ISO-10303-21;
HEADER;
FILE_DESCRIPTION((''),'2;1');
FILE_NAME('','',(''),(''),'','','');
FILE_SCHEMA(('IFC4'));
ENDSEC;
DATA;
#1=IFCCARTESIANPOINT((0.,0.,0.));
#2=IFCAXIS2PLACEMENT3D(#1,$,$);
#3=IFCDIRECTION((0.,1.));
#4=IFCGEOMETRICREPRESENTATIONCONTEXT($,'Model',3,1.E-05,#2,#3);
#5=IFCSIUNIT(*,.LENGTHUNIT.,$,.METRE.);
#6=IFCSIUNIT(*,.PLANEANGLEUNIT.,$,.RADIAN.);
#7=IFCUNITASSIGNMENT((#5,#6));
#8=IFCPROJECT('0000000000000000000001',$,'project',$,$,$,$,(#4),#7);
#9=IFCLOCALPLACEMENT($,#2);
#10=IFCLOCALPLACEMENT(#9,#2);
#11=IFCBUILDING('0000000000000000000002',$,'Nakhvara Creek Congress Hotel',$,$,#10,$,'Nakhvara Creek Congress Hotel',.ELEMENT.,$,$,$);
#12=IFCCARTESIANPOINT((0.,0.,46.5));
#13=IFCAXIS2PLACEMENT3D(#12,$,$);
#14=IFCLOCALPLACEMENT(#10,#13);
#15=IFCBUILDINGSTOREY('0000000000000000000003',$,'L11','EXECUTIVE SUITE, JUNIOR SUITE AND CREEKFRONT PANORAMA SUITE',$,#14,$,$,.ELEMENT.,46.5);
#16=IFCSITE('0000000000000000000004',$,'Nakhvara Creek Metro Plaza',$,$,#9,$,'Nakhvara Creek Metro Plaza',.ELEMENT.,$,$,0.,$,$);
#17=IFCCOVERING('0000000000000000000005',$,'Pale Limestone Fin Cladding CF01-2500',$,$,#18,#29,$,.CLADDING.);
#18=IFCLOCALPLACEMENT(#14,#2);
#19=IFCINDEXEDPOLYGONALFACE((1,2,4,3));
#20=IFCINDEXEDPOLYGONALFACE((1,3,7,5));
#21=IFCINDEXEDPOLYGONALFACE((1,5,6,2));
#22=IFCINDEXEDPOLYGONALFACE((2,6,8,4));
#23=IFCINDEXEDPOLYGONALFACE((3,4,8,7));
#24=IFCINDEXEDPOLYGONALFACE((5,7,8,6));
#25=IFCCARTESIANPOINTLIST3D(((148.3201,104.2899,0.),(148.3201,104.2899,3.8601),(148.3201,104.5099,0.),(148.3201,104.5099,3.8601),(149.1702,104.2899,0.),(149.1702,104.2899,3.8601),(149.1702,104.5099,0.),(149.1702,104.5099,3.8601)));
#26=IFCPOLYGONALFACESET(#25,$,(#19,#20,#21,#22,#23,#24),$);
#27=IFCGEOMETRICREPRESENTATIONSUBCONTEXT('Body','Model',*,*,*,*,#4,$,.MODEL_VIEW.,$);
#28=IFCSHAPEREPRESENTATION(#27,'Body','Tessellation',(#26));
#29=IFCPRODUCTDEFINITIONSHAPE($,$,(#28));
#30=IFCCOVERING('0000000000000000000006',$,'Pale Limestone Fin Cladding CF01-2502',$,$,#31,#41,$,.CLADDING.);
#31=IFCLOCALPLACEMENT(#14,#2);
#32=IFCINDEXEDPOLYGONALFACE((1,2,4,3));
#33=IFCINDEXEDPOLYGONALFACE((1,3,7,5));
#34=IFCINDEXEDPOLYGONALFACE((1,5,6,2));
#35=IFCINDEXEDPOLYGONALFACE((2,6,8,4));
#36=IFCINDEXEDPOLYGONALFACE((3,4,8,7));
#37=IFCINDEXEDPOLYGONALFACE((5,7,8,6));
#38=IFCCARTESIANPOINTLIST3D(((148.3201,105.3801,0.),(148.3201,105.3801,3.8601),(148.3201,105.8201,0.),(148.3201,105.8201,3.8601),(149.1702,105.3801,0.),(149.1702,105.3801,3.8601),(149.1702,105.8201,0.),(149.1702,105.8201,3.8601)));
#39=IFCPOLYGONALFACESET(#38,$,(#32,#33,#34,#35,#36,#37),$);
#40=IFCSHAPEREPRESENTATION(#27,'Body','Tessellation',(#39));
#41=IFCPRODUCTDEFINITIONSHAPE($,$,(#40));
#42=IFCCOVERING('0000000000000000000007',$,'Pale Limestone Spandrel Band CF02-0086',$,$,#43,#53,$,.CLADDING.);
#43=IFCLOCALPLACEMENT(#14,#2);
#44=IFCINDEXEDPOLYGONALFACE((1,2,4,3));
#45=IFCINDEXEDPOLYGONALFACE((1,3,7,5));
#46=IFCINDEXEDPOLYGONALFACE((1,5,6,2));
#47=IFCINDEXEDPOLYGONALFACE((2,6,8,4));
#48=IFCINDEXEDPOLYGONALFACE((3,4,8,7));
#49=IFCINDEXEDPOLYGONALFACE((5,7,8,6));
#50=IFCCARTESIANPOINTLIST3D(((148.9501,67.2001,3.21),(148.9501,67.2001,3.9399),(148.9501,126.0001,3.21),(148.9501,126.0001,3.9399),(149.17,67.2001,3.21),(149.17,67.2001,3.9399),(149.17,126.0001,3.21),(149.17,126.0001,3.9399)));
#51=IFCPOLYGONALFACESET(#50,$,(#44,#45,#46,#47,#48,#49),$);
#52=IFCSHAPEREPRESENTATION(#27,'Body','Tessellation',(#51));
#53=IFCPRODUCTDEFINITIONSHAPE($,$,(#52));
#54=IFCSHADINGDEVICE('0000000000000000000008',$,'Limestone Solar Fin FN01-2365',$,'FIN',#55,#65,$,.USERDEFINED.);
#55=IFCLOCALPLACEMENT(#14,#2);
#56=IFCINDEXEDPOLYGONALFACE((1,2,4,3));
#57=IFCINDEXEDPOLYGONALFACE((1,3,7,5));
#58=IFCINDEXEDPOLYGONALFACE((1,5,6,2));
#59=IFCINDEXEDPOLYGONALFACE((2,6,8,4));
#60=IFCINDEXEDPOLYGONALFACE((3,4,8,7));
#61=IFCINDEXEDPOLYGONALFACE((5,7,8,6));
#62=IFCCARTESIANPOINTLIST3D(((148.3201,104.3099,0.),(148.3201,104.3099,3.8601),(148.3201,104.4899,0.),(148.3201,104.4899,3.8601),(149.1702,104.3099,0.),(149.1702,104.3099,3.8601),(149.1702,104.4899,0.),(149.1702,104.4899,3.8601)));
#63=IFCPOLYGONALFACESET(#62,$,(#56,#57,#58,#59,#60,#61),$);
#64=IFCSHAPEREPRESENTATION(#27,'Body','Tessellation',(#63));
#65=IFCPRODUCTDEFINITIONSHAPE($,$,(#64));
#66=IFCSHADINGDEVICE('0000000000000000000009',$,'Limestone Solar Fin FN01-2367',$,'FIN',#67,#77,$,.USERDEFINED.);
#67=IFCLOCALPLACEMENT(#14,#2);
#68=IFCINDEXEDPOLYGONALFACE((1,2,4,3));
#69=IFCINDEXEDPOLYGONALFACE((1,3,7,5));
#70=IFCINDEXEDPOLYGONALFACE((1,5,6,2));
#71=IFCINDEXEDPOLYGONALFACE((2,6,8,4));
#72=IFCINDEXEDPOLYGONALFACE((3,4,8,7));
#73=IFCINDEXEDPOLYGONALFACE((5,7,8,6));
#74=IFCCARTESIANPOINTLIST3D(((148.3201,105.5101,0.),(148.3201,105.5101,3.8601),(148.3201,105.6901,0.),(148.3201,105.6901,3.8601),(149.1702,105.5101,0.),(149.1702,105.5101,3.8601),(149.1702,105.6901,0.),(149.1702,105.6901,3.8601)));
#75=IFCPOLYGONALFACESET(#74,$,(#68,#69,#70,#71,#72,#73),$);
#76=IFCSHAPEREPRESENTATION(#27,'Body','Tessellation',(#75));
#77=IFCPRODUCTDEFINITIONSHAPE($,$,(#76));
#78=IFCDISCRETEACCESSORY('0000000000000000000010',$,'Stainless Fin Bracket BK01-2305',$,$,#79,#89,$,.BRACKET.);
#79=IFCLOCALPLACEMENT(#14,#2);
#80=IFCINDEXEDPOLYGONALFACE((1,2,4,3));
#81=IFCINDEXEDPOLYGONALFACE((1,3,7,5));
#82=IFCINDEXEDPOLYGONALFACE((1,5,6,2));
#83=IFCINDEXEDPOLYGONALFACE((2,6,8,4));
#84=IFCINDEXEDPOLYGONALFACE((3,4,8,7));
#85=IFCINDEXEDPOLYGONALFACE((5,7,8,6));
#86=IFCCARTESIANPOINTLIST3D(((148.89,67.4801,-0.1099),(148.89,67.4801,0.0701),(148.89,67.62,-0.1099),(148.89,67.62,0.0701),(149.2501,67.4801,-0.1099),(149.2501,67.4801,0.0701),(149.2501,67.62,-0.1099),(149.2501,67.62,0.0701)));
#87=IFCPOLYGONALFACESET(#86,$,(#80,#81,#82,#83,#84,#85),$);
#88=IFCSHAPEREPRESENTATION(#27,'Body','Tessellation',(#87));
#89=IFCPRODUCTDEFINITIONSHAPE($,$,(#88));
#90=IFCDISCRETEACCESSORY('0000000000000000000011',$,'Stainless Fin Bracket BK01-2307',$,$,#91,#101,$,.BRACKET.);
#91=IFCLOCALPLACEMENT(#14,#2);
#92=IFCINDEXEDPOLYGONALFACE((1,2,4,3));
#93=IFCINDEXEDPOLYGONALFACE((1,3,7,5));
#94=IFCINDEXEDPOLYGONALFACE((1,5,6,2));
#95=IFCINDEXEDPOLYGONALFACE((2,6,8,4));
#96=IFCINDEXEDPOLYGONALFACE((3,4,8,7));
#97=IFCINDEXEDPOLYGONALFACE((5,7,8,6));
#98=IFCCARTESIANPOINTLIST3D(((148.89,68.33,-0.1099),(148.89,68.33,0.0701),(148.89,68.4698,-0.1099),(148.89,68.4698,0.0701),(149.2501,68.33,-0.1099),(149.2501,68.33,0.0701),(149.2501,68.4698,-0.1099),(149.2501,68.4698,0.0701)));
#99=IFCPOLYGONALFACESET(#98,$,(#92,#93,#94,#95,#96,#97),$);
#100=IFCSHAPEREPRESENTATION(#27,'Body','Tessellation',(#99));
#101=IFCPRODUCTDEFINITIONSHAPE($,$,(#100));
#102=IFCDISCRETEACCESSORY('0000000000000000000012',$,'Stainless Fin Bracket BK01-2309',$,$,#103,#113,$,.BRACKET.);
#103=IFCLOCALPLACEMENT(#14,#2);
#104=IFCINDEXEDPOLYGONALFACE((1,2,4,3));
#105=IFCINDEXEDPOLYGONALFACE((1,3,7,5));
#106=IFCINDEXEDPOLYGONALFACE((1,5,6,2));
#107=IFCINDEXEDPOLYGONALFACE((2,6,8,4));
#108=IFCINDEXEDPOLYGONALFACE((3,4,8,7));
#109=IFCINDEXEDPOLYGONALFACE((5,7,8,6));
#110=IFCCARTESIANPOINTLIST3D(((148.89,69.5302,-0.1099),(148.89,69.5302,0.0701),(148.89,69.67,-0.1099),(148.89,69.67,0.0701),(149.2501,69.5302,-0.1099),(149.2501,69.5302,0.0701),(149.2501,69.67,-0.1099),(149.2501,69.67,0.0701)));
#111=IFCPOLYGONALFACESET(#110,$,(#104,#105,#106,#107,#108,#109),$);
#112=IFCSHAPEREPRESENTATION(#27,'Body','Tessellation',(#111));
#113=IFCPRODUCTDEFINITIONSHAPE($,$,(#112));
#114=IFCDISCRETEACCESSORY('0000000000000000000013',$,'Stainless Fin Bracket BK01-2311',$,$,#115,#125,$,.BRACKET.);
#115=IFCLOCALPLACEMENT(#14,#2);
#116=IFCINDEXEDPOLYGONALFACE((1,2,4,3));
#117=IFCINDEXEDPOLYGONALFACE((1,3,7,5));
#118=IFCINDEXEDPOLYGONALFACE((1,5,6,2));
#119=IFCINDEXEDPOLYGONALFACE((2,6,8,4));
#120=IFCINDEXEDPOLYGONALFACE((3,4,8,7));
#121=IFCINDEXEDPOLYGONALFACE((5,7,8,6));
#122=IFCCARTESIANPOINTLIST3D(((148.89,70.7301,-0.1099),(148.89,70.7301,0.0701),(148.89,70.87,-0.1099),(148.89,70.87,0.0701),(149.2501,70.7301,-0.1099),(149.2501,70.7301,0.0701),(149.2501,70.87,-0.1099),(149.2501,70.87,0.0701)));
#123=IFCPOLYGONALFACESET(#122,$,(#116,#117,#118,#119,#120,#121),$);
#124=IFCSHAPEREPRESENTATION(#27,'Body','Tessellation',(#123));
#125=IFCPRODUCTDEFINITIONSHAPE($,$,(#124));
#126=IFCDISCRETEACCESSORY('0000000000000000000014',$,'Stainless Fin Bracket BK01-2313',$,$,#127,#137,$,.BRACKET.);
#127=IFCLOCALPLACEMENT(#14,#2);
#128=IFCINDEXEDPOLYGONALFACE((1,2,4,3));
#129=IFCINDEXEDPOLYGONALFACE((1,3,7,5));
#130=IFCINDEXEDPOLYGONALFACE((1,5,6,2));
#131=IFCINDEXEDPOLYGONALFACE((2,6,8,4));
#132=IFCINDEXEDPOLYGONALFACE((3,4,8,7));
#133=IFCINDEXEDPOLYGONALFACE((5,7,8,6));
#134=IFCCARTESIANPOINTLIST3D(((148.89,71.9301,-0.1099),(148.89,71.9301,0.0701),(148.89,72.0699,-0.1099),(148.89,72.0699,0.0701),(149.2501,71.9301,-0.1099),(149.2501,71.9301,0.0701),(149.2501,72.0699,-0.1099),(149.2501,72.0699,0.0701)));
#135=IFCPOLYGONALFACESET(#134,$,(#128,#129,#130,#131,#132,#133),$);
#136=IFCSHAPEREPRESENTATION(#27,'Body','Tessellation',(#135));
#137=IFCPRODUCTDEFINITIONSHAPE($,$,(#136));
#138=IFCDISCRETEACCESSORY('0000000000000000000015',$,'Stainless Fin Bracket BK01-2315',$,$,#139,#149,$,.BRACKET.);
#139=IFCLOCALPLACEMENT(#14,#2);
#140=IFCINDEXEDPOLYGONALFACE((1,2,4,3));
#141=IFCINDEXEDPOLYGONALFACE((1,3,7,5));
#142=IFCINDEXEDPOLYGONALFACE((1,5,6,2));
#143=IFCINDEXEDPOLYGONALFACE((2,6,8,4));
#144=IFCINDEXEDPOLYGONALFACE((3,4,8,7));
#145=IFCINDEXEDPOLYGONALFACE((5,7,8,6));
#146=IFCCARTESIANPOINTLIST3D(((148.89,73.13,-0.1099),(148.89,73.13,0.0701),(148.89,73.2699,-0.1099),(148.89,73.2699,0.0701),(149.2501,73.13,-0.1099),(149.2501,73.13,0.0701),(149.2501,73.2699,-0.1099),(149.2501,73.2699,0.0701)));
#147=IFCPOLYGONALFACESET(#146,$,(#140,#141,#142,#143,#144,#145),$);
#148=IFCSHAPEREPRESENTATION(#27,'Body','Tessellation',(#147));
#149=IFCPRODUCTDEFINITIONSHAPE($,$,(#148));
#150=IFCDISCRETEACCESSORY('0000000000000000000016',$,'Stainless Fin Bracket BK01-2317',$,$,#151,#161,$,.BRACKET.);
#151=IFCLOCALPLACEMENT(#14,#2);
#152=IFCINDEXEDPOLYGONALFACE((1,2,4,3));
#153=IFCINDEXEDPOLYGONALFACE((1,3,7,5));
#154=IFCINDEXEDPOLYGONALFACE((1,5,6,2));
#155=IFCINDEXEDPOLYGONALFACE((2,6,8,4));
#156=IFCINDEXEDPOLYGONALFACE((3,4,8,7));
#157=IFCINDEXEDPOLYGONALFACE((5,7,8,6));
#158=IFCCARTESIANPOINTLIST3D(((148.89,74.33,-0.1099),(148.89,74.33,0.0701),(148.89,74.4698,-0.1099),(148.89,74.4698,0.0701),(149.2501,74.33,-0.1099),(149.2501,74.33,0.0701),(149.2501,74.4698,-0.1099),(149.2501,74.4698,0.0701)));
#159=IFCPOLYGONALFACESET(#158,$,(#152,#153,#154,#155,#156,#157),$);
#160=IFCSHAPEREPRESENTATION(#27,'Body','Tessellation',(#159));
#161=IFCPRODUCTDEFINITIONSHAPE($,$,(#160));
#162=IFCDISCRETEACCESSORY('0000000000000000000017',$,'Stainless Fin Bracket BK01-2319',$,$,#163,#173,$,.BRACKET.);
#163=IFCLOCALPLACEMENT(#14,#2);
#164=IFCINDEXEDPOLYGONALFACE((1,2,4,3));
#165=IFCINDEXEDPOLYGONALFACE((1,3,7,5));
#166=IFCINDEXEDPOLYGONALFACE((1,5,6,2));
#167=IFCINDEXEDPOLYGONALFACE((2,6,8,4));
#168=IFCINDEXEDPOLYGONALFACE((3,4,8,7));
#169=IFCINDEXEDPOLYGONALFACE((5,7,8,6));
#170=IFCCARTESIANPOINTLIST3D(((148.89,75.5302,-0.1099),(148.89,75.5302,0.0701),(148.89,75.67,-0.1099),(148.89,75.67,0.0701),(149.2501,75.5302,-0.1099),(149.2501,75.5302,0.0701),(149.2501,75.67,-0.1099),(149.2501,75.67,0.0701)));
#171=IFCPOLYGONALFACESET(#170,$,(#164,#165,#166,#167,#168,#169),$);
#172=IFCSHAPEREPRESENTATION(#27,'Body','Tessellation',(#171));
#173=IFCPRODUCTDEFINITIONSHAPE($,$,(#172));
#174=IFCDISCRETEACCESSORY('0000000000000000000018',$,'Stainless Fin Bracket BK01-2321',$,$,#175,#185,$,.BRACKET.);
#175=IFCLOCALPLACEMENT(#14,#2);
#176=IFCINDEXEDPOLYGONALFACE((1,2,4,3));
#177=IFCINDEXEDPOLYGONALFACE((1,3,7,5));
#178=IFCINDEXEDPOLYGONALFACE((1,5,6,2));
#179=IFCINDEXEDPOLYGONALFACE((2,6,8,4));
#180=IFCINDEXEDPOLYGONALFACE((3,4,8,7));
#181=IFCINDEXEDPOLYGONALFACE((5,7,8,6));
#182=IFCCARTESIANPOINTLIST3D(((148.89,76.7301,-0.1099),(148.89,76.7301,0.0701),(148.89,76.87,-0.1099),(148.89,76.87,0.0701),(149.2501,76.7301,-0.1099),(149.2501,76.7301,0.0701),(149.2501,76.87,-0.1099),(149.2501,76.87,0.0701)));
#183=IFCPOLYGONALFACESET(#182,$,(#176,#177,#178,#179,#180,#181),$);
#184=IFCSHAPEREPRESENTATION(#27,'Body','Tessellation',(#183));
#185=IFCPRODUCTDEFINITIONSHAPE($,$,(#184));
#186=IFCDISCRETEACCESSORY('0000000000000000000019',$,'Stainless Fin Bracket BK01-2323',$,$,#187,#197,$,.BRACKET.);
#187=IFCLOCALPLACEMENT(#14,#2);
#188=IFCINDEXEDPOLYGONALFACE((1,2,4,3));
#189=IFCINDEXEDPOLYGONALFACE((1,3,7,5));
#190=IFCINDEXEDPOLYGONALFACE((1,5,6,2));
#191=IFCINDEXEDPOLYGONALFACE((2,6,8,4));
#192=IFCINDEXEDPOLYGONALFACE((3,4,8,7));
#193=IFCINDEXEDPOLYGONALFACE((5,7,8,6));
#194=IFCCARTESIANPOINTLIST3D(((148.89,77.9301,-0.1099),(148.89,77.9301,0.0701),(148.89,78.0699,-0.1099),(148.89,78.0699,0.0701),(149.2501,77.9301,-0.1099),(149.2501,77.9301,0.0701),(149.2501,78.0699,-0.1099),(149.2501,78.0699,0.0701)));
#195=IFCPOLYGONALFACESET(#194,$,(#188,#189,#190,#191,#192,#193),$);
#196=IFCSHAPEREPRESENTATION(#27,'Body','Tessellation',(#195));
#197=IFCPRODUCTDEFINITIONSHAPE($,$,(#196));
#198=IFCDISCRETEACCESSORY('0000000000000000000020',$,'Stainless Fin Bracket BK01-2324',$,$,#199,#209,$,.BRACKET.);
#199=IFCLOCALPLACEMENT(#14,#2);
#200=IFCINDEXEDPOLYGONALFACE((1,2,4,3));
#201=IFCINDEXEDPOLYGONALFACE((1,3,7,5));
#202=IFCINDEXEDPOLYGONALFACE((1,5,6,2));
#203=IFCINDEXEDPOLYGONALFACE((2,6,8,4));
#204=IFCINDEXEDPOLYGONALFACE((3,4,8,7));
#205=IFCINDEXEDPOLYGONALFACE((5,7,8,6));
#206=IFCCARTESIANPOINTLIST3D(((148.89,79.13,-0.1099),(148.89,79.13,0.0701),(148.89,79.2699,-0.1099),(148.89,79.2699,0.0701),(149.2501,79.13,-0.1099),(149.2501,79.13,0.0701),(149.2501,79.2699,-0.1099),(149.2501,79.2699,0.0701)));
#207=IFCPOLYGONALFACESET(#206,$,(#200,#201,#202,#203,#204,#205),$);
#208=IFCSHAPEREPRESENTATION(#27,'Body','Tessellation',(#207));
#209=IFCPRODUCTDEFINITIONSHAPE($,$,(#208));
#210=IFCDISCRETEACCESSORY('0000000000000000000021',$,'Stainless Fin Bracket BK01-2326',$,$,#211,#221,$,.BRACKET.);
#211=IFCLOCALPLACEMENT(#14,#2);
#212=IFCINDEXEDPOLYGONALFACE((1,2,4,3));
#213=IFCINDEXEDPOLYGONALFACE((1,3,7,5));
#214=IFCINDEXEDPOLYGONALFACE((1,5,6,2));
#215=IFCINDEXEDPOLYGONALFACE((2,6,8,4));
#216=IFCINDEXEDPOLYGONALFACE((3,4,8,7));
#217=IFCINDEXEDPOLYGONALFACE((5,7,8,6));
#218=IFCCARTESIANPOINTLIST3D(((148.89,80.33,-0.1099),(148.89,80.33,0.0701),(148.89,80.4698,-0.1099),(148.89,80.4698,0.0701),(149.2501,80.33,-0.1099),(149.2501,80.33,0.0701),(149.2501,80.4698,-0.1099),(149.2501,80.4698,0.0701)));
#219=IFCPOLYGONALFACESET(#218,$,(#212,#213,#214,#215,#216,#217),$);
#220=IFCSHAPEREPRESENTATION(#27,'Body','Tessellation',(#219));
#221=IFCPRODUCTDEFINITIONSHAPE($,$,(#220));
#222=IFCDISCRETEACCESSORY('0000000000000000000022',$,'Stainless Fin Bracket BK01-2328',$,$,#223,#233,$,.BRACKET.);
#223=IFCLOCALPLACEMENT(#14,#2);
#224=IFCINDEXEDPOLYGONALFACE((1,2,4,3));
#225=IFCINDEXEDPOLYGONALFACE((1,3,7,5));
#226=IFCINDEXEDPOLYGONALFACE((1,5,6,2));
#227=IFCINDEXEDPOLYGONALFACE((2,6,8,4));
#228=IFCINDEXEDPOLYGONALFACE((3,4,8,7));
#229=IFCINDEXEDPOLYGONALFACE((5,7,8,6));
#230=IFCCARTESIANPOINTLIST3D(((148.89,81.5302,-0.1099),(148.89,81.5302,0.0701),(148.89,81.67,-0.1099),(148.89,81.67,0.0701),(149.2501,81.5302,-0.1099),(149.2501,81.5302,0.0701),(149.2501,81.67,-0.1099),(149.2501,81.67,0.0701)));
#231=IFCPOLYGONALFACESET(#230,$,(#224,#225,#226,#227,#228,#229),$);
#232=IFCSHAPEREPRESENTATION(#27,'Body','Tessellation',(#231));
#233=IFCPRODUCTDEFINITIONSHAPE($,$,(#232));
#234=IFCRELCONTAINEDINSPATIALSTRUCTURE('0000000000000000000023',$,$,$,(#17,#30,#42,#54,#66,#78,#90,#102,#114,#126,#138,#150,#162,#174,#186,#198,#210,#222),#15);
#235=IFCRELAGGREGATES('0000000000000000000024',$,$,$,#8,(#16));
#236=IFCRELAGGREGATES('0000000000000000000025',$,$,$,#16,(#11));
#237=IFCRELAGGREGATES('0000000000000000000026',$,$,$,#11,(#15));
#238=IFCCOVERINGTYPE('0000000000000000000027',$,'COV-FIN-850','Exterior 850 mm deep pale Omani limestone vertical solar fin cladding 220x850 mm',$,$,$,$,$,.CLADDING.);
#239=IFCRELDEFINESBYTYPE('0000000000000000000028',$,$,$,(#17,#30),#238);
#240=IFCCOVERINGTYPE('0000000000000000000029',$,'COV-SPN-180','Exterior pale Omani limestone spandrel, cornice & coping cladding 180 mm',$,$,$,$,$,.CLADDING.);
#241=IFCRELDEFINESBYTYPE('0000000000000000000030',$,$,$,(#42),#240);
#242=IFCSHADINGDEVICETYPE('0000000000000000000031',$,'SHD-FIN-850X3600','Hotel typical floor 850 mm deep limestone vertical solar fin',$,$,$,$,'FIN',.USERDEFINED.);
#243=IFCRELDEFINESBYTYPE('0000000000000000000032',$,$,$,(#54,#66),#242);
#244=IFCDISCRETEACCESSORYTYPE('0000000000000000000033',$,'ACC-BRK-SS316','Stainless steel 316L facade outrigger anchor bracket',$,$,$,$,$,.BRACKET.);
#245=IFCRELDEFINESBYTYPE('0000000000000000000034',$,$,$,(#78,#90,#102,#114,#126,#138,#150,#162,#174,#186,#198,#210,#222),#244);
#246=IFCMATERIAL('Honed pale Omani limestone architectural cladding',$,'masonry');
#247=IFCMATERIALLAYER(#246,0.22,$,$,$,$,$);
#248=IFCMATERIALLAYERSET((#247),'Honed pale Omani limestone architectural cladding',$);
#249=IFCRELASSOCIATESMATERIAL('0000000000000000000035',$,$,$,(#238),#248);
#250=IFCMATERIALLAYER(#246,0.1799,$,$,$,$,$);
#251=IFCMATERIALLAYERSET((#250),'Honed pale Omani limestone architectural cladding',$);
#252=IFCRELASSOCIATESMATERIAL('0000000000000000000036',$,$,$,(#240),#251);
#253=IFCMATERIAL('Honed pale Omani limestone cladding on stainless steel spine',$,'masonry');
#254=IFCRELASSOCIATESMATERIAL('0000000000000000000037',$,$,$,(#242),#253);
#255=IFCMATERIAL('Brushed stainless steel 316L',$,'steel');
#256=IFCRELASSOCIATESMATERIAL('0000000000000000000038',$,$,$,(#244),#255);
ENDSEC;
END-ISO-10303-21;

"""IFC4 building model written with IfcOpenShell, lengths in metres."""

from ifc_helpers import new_model, si_unit, direction, frame, origin, origin_2d, place, context, subcontext, project, spatial, rectangle, extrude, material, layer, layer_set, type_object, element, save


model = new_model("IFC4")

# Units and contexts
model_context = context("Model", 3, precision=1e-05, world=origin(), true_north=direction((0.0, 1.0)))
body_context = subcontext(model_context, "Body", "Model", "MODEL_VIEW")
ifc_project = project(units=[si_unit("LENGTHUNIT", "METRE"), si_unit("PLANEANGLEUNIT", "RADIAN")], contexts=[model_context])

# Site, building, storey
site_placement = place(None, origin())
site = spatial("IfcSite", under=ifc_project, at=site_placement, Name="Nakhvara Creek Metro Plaza", LongName="Nakhvara Creek Metro Plaza", CompositionType="ELEMENT", RefElevation=0.0)
building_placement = place(site_placement, origin())
building = spatial("IfcBuilding", under=site, at=building_placement, Name="Nakhvara Creek Congress Hotel", LongName="Nakhvara Creek Congress Hotel", CompositionType="ELEMENT")
storey_placement = place(building_placement, frame((0.0, 0.0, 46.5)))
storey = spatial("IfcBuildingStorey", under=building, at=storey_placement, Name="L11", Description="EXECUTIVE SUITE, JUNIOR SUITE AND CREEKFRONT PANORAMA SUITE", CompositionType="ELEMENT", Elevation=46.5)

# Coverings
ifc_material_1 = material(Name="Honed pale Omani limestone architectural cladding", Category="masonry")
ifc_layer_1 = layer(ifc_material_1, 0.22)
ifc_layer_set_1 = layer_set([ifc_layer_1], Name="Honed pale Omani limestone architectural cladding")
covering_type_1 = type_object("IfcCoveringType", Name="COV-FIN-850", Description="Exterior 850 mm deep pale Omani limestone vertical solar fin cladding 220x850 mm", PredefinedType="CLADDING", material=ifc_layer_set_1)
covering_1_placement = place(storey_placement, frame((148.7451, 104.3999, 0.0), z_axis=(0.0, 0.0, 1.0), x_axis=(0.0, 1.0, 0.0)))
element("IfcCovering", 1, at=covering_1_placement, inside=storey, type_object=covering_type_1, Name="Pale Limestone Fin Cladding CF01-2500", PredefinedType="CLADDING", context=body_context, shape_type="SweptSolid", body=[
    extrude(rectangle(XDim=0.22, YDim=0.8501, at=origin_2d()), origin(), (0.0, 0.0, 1.0), 3.8601),
])
covering_2_placement = place(storey_placement, frame((148.7451, 105.6001, 0.0), z_axis=(0.0, 0.0, 1.0), x_axis=(0.0, 1.0, 0.0)))
element("IfcCovering", 2, at=covering_2_placement, inside=storey, type_object=covering_type_1, Name="Pale Limestone Fin Cladding CF01-2502", PredefinedType="CLADDING", context=body_context, shape_type="SweptSolid", body=[
    extrude(rectangle(XDim=0.4399, YDim=0.8501, at=origin_2d()), origin(), (0.0, 0.0, 1.0), 3.8601),
])
ifc_layer_2 = layer(ifc_material_1, 0.1799)
ifc_layer_set_2 = layer_set([ifc_layer_2], Name="Honed pale Omani limestone architectural cladding")
covering_type_2 = type_object("IfcCoveringType", Name="COV-SPN-180", Description="Exterior pale Omani limestone spandrel, cornice & coping cladding 180 mm", PredefinedType="CLADDING", material=ifc_layer_set_2)
covering_3_placement = place(storey_placement, frame((149.0601, 96.6001, 3.21), z_axis=(0.0, 0.0, 1.0), x_axis=(0.0, 1.0, 0.0)))
element("IfcCovering", 3, at=covering_3_placement, inside=storey, type_object=covering_type_2, Name="Pale Limestone Spandrel Band CF02-0086", PredefinedType="CLADDING", context=body_context, shape_type="SweptSolid", body=[
    extrude(rectangle(XDim=58.8, YDim=0.22, at=origin_2d()), origin(), (0.0, 0.0, 1.0), 0.73),
])

# Shading devices
ifc_material_2 = material(Name="Honed pale Omani limestone cladding on stainless steel spine", Category="masonry")
shading_device_type = type_object("IfcShadingDeviceType", Name="SHD-FIN-850X3600", Description="Hotel typical floor 850 mm deep limestone vertical solar fin", ElementType="FIN", PredefinedType="USERDEFINED", material=ifc_material_2)
for number, where, z_axis, x_axis, name in (
    (4, (148.7451, 104.3999, 0.0), (0.0, 0.0, 1.0), (0.0, 1.0, 0.0), "Limestone Solar Fin FN01-2365"),
    (5, (148.7451, 105.6001, 0.0), (0.0, 0.0, 1.0), (0.0, 1.0, 0.0), "Limestone Solar Fin FN01-2367"),
):
    element("IfcShadingDevice", number, at=place(storey_placement, frame(where, z_axis=z_axis, x_axis=x_axis)), inside=storey, type_object=shading_device_type, Name=name, ObjectType="FIN", PredefinedType="USERDEFINED", context=body_context, shape_type="SweptSolid", body=[
        extrude(rectangle(XDim=0.1799, YDim=0.8501, at=origin_2d()), origin(), (0.0, 0.0, 1.0), 3.8601),
    ])

# Discrete accessories
ifc_material_3 = material(Name="Brushed stainless steel 316L", Category="steel")
discrete_accessory_type = type_object("IfcDiscreteAccessoryType", Name="ACC-BRK-SS316", Description="Stainless steel 316L facade outrigger anchor bracket", PredefinedType="BRACKET", material=ifc_material_3)
for number, where, z_axis, x_axis, name in (
    (6, (149.0701, 67.55, -0.1099), (0.0, 0.0, 1.0), (0.0, 1.0, 0.0), "Stainless Fin Bracket BK01-2305"),
    (7, (149.0701, 68.3999, -0.1099), (0.0, 0.0, 1.0), (0.0, 1.0, 0.0), "Stainless Fin Bracket BK01-2307"),
    (8, (149.0701, 69.6001, -0.1099), (0.0, 0.0, 1.0), (0.0, 1.0, 0.0), "Stainless Fin Bracket BK01-2309"),
    (9, (149.0701, 70.8, -0.1099), (0.0, 0.0, 1.0), (0.0, 1.0, 0.0), "Stainless Fin Bracket BK01-2311"),
    (10, (149.0701, 72.0, -0.1099), (0.0, 0.0, 1.0), (0.0, 1.0, 0.0), "Stainless Fin Bracket BK01-2313"),
    (11, (149.0701, 73.2, -0.1099), (0.0, 0.0, 1.0), (0.0, 1.0, 0.0), "Stainless Fin Bracket BK01-2315"),
    (12, (149.0701, 74.3999, -0.1099), (0.0, 0.0, 1.0), (0.0, 1.0, 0.0), "Stainless Fin Bracket BK01-2317"),
    (13, (149.0701, 75.6001, -0.1099), (0.0, 0.0, 1.0), (0.0, 1.0, 0.0), "Stainless Fin Bracket BK01-2319"),
    (14, (149.0701, 76.8, -0.1099), (0.0, 0.0, 1.0), (0.0, 1.0, 0.0), "Stainless Fin Bracket BK01-2321"),
    (15, (149.0701, 78.0, -0.1099), (0.0, 0.0, 1.0), (0.0, 1.0, 0.0), "Stainless Fin Bracket BK01-2323"),
    (16, (149.0701, 79.2, -0.1099), (0.0, 0.0, 1.0), (0.0, 1.0, 0.0), "Stainless Fin Bracket BK01-2324"),
    (17, (149.0701, 80.3999, -0.1099), (0.0, 0.0, 1.0), (0.0, 1.0, 0.0), "Stainless Fin Bracket BK01-2326"),
    (18, (149.0701, 81.6001, -0.1099), (0.0, 0.0, 1.0), (0.0, 1.0, 0.0), "Stainless Fin Bracket BK01-2328"),
):
    element("IfcDiscreteAccessory", number, at=place(storey_placement, frame(where, z_axis=z_axis, x_axis=x_axis)), inside=storey, type_object=discrete_accessory_type, Name=name, PredefinedType="BRACKET", context=body_context, shape_type="SweptSolid", body=[
        extrude(rectangle(XDim=0.1399, YDim=0.3601, at=origin_2d()), origin(), (0.0, 0.0, 1.0), 0.1799),
    ])

save(model, "model.ifc")
